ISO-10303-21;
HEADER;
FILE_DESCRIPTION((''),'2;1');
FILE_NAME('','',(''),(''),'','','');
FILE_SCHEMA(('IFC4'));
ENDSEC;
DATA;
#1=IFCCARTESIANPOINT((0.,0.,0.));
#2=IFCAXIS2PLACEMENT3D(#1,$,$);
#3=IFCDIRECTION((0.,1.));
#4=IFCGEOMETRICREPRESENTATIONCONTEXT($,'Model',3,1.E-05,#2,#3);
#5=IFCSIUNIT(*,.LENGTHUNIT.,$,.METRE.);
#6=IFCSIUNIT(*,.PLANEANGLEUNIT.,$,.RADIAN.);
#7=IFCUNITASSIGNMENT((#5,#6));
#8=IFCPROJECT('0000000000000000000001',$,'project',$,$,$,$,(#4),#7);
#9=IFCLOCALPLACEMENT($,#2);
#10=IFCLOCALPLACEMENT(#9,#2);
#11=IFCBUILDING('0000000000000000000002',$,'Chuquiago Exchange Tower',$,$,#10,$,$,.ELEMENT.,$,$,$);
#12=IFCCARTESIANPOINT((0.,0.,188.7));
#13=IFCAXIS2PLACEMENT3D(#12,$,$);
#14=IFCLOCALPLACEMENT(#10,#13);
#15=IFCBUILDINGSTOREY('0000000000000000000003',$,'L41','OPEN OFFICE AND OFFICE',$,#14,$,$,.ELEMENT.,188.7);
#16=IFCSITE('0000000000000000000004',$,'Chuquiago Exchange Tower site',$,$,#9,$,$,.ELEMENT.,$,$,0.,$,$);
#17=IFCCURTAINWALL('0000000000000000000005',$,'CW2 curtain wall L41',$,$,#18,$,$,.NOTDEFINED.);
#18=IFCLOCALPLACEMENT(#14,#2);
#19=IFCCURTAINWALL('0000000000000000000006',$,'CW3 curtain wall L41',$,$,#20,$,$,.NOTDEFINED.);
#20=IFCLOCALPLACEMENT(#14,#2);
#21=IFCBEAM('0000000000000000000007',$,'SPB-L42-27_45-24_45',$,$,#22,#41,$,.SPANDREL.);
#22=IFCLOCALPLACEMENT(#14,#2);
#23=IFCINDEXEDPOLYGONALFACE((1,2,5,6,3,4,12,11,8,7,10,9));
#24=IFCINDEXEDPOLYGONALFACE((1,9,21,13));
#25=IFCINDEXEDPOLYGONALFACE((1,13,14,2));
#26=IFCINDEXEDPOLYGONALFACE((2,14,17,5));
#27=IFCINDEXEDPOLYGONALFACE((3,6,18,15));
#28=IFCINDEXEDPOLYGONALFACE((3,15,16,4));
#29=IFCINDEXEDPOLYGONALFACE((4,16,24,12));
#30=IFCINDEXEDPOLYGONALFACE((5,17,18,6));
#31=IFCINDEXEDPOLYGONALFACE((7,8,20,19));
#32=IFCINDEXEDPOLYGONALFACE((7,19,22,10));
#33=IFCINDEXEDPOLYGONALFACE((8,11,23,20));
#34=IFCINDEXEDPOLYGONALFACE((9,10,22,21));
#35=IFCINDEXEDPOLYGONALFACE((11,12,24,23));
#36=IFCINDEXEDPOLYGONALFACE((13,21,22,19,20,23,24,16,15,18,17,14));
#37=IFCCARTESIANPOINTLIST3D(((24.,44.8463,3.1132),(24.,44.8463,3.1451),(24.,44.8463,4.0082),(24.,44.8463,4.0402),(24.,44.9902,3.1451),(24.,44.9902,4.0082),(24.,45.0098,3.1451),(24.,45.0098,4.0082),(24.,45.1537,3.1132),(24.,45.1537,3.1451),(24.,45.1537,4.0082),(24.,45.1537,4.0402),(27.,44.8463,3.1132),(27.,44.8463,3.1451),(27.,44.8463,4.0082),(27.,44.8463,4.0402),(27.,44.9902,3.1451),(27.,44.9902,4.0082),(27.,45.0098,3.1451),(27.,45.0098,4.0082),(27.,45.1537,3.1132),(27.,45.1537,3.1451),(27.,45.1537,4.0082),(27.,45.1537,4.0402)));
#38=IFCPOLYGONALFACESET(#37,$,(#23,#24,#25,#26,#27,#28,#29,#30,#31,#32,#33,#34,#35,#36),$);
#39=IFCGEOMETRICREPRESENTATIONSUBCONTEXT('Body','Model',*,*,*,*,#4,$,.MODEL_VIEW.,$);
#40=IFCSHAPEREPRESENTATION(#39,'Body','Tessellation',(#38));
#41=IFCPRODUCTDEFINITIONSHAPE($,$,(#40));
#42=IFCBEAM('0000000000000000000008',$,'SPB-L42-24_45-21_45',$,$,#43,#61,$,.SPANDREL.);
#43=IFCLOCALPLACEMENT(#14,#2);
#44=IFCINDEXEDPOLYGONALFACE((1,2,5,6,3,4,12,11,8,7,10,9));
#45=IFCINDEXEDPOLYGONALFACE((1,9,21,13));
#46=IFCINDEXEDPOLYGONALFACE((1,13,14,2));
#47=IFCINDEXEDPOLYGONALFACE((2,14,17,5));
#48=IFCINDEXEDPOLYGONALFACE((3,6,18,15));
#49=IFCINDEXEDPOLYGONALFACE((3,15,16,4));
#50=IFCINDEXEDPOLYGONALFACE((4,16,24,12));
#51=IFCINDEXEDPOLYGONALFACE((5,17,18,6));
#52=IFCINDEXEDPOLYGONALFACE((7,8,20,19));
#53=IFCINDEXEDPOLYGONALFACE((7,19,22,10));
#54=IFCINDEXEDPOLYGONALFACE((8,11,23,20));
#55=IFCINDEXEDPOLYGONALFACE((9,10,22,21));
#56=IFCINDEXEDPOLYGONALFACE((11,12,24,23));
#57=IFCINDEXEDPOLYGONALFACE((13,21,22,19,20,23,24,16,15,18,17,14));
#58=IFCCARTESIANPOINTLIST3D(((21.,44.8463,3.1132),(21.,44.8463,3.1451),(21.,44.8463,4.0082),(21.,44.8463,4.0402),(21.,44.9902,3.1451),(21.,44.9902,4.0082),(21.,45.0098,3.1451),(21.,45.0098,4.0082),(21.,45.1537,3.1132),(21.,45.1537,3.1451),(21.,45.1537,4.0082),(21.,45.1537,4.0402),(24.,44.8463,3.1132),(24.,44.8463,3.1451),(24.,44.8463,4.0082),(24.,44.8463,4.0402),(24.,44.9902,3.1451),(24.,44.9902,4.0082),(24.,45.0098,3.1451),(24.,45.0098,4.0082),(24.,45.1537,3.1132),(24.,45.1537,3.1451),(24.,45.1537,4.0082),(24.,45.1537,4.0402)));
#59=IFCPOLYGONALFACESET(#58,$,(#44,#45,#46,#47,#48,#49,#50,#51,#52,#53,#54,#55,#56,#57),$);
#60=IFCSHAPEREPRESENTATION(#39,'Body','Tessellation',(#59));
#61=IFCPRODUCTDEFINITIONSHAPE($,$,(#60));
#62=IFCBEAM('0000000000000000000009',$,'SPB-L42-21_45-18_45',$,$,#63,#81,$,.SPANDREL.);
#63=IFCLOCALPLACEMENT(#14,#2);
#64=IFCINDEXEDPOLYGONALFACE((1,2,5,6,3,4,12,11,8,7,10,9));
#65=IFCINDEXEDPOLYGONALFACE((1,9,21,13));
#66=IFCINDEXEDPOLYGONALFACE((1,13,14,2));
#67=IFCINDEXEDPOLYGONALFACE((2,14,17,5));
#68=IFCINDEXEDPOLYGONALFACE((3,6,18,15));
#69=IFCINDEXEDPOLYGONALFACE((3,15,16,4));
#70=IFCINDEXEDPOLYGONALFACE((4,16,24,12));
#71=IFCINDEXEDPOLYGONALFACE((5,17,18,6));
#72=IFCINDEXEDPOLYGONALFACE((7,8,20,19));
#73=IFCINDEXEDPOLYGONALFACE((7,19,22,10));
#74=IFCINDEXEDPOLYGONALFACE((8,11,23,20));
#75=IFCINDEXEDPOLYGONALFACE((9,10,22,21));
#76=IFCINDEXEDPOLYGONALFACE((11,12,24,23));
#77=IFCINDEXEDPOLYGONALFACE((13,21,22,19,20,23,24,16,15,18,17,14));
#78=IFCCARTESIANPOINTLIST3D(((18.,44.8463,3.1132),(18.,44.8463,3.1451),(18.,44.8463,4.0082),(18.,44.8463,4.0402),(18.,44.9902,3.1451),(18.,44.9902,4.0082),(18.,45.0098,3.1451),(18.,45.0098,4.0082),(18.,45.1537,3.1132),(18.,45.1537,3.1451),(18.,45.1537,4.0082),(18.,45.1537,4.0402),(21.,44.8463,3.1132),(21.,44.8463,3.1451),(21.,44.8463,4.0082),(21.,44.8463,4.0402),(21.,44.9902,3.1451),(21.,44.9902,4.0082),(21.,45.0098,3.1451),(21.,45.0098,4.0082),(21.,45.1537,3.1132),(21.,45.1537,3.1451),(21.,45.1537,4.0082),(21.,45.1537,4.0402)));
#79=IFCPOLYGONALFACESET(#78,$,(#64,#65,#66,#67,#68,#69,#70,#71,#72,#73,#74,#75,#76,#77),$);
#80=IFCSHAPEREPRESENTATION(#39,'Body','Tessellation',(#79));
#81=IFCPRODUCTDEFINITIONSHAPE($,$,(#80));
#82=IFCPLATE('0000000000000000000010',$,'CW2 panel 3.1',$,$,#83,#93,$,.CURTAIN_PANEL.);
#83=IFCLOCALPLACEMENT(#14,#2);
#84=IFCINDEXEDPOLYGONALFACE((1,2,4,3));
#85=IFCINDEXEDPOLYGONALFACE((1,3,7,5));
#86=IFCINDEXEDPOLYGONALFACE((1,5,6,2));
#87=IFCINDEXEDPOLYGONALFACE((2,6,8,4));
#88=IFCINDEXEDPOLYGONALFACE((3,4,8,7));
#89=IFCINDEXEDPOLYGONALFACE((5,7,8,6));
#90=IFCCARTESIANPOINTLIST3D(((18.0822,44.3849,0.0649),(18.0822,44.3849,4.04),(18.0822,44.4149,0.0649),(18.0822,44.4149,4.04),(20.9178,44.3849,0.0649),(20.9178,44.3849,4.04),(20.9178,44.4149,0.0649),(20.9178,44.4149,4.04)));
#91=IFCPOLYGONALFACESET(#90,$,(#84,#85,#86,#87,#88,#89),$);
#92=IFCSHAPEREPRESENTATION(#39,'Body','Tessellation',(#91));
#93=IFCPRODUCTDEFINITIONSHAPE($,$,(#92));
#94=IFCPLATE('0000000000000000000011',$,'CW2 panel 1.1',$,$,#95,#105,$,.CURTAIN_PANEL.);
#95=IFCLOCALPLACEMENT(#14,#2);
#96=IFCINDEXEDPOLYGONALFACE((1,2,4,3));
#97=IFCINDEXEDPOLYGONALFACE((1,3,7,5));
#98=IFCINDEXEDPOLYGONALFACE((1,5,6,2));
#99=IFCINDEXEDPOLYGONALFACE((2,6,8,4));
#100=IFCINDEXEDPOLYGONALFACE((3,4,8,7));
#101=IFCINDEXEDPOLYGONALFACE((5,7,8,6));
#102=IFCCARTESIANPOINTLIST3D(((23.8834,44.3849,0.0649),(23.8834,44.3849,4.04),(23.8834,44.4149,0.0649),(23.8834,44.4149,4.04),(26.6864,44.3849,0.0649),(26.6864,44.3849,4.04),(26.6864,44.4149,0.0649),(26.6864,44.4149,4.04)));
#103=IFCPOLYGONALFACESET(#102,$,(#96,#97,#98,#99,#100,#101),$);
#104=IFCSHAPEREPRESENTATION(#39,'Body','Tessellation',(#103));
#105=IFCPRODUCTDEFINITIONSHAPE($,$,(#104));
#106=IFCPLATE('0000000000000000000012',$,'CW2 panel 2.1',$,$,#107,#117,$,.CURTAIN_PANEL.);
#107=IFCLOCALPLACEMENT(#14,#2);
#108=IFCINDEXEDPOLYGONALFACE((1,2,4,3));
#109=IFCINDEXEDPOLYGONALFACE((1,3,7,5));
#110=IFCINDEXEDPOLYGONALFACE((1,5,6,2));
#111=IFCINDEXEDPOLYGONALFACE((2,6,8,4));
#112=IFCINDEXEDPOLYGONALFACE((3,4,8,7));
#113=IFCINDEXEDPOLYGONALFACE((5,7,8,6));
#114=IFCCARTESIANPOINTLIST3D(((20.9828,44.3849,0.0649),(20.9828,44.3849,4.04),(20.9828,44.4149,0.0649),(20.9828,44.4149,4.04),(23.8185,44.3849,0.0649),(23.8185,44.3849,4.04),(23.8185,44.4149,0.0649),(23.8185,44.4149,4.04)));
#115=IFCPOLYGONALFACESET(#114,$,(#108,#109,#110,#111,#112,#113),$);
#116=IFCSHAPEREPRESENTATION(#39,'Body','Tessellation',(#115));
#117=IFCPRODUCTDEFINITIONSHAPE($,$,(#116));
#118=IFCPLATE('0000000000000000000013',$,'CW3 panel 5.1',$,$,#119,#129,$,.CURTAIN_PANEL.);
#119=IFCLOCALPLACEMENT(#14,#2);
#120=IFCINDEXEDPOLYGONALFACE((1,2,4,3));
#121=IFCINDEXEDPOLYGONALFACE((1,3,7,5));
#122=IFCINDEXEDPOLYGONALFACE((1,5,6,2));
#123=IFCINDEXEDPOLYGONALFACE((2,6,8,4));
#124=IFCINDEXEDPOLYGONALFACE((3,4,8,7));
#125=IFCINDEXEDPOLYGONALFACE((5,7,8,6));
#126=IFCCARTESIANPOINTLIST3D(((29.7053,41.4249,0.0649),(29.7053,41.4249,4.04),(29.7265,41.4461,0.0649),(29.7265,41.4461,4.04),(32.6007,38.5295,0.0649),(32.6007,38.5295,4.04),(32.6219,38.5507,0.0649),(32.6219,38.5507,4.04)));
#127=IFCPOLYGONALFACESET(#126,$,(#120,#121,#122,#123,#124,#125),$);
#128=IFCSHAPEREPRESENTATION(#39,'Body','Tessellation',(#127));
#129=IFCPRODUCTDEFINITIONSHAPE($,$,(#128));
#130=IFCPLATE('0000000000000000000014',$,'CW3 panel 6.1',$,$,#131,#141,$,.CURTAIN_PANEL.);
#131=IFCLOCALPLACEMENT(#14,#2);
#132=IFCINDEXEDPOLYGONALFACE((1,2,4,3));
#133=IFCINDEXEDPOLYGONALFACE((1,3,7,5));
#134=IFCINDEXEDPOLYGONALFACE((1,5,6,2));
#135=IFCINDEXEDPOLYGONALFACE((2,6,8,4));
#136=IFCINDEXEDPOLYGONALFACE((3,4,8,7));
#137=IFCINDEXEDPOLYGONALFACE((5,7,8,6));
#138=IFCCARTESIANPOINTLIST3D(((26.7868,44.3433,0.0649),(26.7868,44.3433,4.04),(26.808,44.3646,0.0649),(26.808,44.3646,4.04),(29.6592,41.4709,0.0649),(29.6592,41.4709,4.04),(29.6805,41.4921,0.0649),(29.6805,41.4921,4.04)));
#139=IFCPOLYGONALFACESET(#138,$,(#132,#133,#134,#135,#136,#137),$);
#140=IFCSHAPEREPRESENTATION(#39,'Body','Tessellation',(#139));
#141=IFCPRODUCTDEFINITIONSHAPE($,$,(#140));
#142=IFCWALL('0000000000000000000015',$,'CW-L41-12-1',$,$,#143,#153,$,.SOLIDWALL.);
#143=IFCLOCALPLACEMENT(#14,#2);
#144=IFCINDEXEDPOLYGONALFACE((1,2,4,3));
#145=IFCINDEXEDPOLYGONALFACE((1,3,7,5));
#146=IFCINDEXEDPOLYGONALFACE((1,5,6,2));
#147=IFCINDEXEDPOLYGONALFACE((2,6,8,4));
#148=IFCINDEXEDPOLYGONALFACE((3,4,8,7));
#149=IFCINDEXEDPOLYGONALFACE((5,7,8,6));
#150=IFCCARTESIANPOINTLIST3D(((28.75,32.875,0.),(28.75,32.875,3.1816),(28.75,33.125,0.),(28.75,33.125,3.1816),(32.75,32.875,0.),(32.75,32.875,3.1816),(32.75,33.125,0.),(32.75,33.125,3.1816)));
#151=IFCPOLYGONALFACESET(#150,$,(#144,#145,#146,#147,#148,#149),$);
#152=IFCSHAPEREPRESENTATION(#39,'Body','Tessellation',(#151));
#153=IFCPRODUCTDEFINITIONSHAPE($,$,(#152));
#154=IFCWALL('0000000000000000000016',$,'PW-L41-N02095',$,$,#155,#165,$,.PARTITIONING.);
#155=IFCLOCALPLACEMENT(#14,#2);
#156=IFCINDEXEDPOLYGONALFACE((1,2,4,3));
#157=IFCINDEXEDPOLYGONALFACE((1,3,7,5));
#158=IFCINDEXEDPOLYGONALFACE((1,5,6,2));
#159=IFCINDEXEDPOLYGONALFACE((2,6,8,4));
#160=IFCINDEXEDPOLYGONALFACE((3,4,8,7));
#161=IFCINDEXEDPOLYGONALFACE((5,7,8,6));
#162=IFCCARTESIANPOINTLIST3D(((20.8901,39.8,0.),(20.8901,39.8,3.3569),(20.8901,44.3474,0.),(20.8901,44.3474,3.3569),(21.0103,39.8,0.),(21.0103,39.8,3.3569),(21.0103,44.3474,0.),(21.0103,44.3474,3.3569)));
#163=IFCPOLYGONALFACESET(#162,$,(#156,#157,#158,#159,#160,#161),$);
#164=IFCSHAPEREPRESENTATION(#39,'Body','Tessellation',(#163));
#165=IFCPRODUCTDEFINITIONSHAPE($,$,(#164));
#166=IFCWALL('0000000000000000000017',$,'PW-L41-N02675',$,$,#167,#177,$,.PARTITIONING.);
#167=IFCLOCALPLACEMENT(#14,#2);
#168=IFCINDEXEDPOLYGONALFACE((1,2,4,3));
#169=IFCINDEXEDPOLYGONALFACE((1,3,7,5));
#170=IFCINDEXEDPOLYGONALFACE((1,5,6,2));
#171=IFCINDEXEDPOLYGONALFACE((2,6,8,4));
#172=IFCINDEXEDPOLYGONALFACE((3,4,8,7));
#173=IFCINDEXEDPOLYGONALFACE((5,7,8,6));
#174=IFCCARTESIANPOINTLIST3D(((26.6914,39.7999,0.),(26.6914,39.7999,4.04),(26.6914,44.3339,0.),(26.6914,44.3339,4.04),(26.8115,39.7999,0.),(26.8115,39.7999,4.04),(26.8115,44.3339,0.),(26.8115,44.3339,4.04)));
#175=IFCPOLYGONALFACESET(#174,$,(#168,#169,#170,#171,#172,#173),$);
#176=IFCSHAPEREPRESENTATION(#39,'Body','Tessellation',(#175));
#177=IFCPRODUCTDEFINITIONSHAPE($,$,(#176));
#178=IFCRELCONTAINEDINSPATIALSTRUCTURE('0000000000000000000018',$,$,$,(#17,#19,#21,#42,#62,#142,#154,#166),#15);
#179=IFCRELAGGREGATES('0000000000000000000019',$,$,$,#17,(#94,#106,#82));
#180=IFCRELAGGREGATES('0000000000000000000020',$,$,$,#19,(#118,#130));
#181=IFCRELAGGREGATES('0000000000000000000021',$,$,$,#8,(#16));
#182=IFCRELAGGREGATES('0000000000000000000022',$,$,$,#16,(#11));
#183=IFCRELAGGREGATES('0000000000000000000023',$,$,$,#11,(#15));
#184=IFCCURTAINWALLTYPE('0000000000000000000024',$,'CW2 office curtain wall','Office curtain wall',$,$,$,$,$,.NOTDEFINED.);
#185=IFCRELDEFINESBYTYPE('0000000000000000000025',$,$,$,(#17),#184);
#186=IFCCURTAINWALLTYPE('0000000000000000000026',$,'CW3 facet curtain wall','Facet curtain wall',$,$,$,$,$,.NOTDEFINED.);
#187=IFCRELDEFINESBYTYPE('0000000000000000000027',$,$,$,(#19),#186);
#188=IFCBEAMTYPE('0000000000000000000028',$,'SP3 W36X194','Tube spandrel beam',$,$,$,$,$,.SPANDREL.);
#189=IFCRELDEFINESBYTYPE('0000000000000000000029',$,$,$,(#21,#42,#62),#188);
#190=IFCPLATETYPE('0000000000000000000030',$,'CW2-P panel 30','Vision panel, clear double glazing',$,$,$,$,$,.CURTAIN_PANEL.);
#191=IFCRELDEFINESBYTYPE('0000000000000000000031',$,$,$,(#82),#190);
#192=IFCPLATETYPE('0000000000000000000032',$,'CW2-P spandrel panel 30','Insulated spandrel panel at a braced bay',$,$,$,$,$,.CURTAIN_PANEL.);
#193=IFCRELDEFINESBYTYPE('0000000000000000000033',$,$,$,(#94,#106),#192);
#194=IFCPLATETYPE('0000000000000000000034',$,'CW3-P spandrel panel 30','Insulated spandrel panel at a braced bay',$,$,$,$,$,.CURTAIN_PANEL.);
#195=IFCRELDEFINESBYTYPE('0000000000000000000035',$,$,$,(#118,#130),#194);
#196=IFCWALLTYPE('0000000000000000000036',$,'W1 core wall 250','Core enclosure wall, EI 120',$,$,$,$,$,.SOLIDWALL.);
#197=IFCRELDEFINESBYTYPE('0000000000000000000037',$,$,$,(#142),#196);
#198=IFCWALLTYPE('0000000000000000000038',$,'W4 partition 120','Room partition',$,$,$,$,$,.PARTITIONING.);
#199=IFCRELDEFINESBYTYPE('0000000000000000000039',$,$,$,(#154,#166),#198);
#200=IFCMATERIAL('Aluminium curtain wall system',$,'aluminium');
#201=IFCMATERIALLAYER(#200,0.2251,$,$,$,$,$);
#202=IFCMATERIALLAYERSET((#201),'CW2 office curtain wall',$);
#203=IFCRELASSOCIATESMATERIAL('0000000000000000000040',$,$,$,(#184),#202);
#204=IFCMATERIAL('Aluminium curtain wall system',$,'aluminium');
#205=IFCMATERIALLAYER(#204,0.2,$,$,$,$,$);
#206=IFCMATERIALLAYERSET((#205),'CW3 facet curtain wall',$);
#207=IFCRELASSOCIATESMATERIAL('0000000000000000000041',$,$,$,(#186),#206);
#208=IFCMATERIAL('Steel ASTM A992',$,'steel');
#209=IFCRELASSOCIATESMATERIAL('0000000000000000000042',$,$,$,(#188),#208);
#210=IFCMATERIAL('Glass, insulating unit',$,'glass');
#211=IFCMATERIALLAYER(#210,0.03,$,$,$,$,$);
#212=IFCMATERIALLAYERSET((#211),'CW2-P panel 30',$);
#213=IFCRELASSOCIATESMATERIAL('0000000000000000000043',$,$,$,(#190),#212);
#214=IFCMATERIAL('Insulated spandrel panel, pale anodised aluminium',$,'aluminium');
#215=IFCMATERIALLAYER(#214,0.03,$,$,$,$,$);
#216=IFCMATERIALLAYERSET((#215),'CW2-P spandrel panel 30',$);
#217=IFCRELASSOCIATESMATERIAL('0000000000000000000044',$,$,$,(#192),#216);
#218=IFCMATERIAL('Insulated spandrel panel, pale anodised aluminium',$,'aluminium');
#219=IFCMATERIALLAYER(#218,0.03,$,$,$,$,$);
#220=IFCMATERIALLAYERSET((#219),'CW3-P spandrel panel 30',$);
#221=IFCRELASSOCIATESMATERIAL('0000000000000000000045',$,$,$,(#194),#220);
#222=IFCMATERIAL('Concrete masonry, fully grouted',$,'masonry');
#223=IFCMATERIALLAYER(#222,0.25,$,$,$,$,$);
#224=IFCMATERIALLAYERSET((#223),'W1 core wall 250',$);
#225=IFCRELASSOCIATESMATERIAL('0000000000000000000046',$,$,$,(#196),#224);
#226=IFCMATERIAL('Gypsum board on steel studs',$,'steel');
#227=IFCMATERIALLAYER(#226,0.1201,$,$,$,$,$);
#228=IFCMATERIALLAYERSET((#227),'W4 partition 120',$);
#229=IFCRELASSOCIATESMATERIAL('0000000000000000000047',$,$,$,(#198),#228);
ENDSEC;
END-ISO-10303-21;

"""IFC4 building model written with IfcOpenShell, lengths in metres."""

from ifc_helpers import new_model, si_unit, direction, frame, frame_2d, origin, origin_2d, place, context, subcontext, project, spatial, rectangle, i_section, extrude, material, layer, layer_set, material_profile, profile_set, type_object, element, aggregate, save


model = new_model("IFC4")

# Units and contexts
model_context = context("Model", 3, precision=1e-05, world=origin(), true_north=direction((0.0, 1.0)))
body_context = subcontext(model_context, "Body", "Model", "MODEL_VIEW")
ifc_project = project(units=[si_unit("LENGTHUNIT", "METRE"), si_unit("PLANEANGLEUNIT", "RADIAN")], contexts=[model_context])

# Site, building, storey
site_placement = place(None, origin())
site = spatial("IfcSite", under=ifc_project, at=site_placement, Name="Chuquiago Exchange Tower site", CompositionType="ELEMENT", RefElevation=0.0)
building_placement = place(site_placement, origin())
building = spatial("IfcBuilding", under=site, at=building_placement, Name="Chuquiago Exchange Tower", CompositionType="ELEMENT")
storey_placement = place(building_placement, frame((0.0, 0.0, 188.7)))
storey = spatial("IfcBuildingStorey", under=building, at=storey_placement, Name="L41", Description="OPEN OFFICE AND OFFICE", CompositionType="ELEMENT", Elevation=188.7)

# Curtain walls
ifc_material_1 = material(Name="Aluminium curtain wall system", Category="aluminium")
ifc_layer_1 = layer(ifc_material_1, 0.2251)
ifc_layer_set_1 = layer_set([ifc_layer_1], Name="CW2 office curtain wall")
curtain_wall_type_1 = type_object("IfcCurtainWallType", Name="CW2 office curtain wall", Description="Office curtain wall", PredefinedType="NOTDEFINED", material=ifc_layer_set_1)
curtain_wall_1_placement = place(storey_placement, origin())
curtain_wall_1 = element("IfcCurtainWall", 1, at=curtain_wall_1_placement, inside=storey, type_object=curtain_wall_type_1, Name="CW2 curtain wall L41", PredefinedType="NOTDEFINED")
ifc_material_2 = material(Name="Aluminium curtain wall system", Category="aluminium")
ifc_layer_2 = layer(ifc_material_2, 0.2)
ifc_layer_set_2 = layer_set([ifc_layer_2], Name="CW3 facet curtain wall")
curtain_wall_type_2 = type_object("IfcCurtainWallType", Name="CW3 facet curtain wall", Description="Facet curtain wall", PredefinedType="NOTDEFINED", material=ifc_layer_set_2)
curtain_wall_2_placement = place(storey_placement, origin())
curtain_wall_2 = element("IfcCurtainWall", 2, at=curtain_wall_2_placement, inside=storey, type_object=curtain_wall_type_2, Name="CW3 curtain wall L41", PredefinedType="NOTDEFINED")

# Beams
ifc_material_3 = material(Name="Steel ASTM A992", Category="steel")
ifc_material_profile_1 = material_profile(ifc_material_3, i_section(OverallWidth=0.3074, OverallDepth=0.927, WebThickness=0.0195, FlangeThickness=0.032, at=origin_2d()), Name="W36X194")
ifc_profile_set_1 = profile_set([ifc_material_profile_1], Name="Steel ASTM A992")
beam_type_1 = type_object("IfcBeamType", Name="SP3 W36X194", Description="Tube spandrel beam", PredefinedType="SPANDREL", material=ifc_profile_set_1)
for number, where, z_axis, x_axis, name in (
    (3, (27.0, 45.0, 3.5767), (-1.0, 0.0, 0.0), (0.0, -1.0, 0.0), "SPB-L42-27_45-24_45"),
    (4, (24.0, 45.0, 3.5767), (-1.0, 0.0, 0.0), (0.0, -1.0, 0.0), "SPB-L42-24_45-21_45"),
    (5, (21.0, 45.0, 3.5767), (-1.0, 0.0, 0.0), (0.0, -1.0, 0.0), "SPB-L42-21_45-18_45"),
):
    element("IfcBeam", number, at=place(storey_placement, frame(where, z_axis=z_axis, x_axis=x_axis)), inside=storey, type_object=beam_type_1, Name=name, PredefinedType="SPANDREL", context=body_context, shape_type="SweptSolid", body=[
        extrude(i_section(OverallWidth=0.3074, OverallDepth=0.927, WebThickness=0.0195, FlangeThickness=0.032, at=origin_2d()), origin(), (0.0, 0.0, 1.0), 3.0),
    ])

# Plates
ifc_material_4 = material(Name="Glass, insulating unit", Category="glass")
ifc_layer_3 = layer(ifc_material_4, 0.03)
ifc_layer_set_3 = layer_set([ifc_layer_3], Name="CW2-P panel 30")
plate_type_1 = type_object("IfcPlateType", Name="CW2-P panel 30", Description="Vision panel, clear double glazing", PredefinedType="CURTAIN_PANEL", material=ifc_layer_set_3)
plate_1_placement = place(storey_placement, frame((19.5, 44.3999, 0.0649), z_axis=(0.0, 0.0, 1.0), x_axis=(-1.0, 0.0, 0.0)))
plate_1 = element("IfcPlate", 6, at=plate_1_placement, type_object=plate_type_1, Name="CW2 panel 3.1", PredefinedType="CURTAIN_PANEL", context=body_context, shape_type="SweptSolid", body=[
    extrude(rectangle(XDim=2.8357, YDim=0.03, at=origin_2d()), origin(), (0.0, 0.0, 1.0), 3.9751),
])
ifc_material_5 = material(Name="Insulated spandrel panel, pale anodised aluminium", Category="aluminium")
ifc_layer_4 = layer(ifc_material_5, 0.03)
ifc_layer_set_4 = layer_set([ifc_layer_4], Name="CW2-P spandrel panel 30")
plate_type_2 = type_object("IfcPlateType", Name="CW2-P spandrel panel 30", Description="Insulated spandrel panel at a braced bay", PredefinedType="CURTAIN_PANEL", material=ifc_layer_set_4)
plate_2_placement = place(storey_placement, frame((25.2849, 44.3999, 0.0649), z_axis=(0.0, 0.0, 1.0), x_axis=(-1.0, 0.0, 0.0)))
plate_2 = element("IfcPlate", 7, at=plate_2_placement, type_object=plate_type_2, Name="CW2 panel 1.1", PredefinedType="CURTAIN_PANEL", context=body_context, shape_type="SweptSolid", body=[
    extrude(rectangle(XDim=2.803, YDim=0.03, at=origin_2d()), origin(), (0.0, 0.0, 1.0), 3.9751),
])
plate_3_placement = place(storey_placement, frame((22.4006, 44.3999, 0.0649), z_axis=(0.0, 0.0, 1.0), x_axis=(-1.0, 0.0, 0.0)))
plate_3 = element("IfcPlate", 8, at=plate_3_placement, type_object=plate_type_2, Name="CW2 panel 2.1", PredefinedType="CURTAIN_PANEL", context=body_context, shape_type="SweptSolid", body=[
    extrude(rectangle(XDim=2.8357, YDim=0.03, at=origin_2d()), origin(), (0.0, 0.0, 1.0), 3.9751),
])
aggregate(curtain_wall_1, [plate_2, plate_3, plate_1])
ifc_material_6 = material(Name="Insulated spandrel panel, pale anodised aluminium", Category="aluminium")
ifc_layer_5 = layer(ifc_material_6, 0.03)
ifc_layer_set_5 = layer_set([ifc_layer_5], Name="CW3-P spandrel panel 30")
plate_type_3 = type_object("IfcPlateType", Name="CW3-P spandrel panel 30", Description="Insulated spandrel panel at a braced bay", PredefinedType="CURTAIN_PANEL", material=ifc_layer_set_5)
plate_4_placement = place(storey_placement, frame((31.1636, 39.9878, 0.0649), z_axis=(0.0, 0.0, 1.0), x_axis=(-0.707107, 0.707107, 0.0)))
plate_4 = element("IfcPlate", 9, at=plate_4_placement, type_object=plate_type_3, Name="CW3 panel 5.1", PredefinedType="CURTAIN_PANEL", context=body_context, shape_type="SweptSolid", body=[
    extrude(rectangle(XDim=4.0947, YDim=0.03, at=origin_2d()), origin(), (0.0, 0.0, 1.0), 3.9751),
])
plate_5_placement = place(storey_placement, frame((28.2336, 42.9177, 0.0649), z_axis=(0.0, 0.0, 1.0), x_axis=(-0.707107, 0.707107, 0.0)))
plate_5 = element("IfcPlate", 10, at=plate_5_placement, type_object=plate_type_3, Name="CW3 panel 6.1", PredefinedType="CURTAIN_PANEL", context=body_context, shape_type="SweptSolid", body=[
    extrude(rectangle(XDim=4.0623, YDim=0.03, at=origin_2d()), origin(), (0.0, 0.0, 1.0), 3.9751),
])
aggregate(curtain_wall_2, [plate_4, plate_5])

# Walls
ifc_material_7 = material(Name="Concrete masonry, fully grouted", Category="masonry")
ifc_layer_6 = layer(ifc_material_7, 0.25)
ifc_layer_set_6 = layer_set([ifc_layer_6], Name="W1 core wall 250")
wall_type_1 = type_object("IfcWallType", Name="W1 core wall 250", Description="Core enclosure wall, EI 120", PredefinedType="SOLIDWALL", material=ifc_layer_set_6)
wall_1_placement = place(storey_placement, frame((28.75, 33.0, 0.0), z_axis=(0.0, 0.0, 1.0), x_axis=(1.0, 0.0, 0.0)))
element("IfcWall", 11, at=wall_1_placement, inside=storey, type_object=wall_type_1, Name="CW-L41-12-1", PredefinedType="SOLIDWALL", context=body_context, shape_type="SweptSolid", body=[
    extrude(rectangle(XDim=4.0, YDim=0.25, at=frame_2d((2.0, 0.0))), origin(), (0.0, 0.0, 1.0), 3.1816),
])
ifc_material_8 = material(Name="Gypsum board on steel studs", Category="steel")
ifc_layer_7 = layer(ifc_material_8, 0.1201)
ifc_layer_set_7 = layer_set([ifc_layer_7], Name="W4 partition 120")
wall_type_2 = type_object("IfcWallType", Name="W4 partition 120", Description="Room partition", PredefinedType="PARTITIONING", material=ifc_layer_set_7)
wall_2_placement = place(storey_placement, frame((20.9502, 44.3474, 0.0), z_axis=(0.0, 0.0, 1.0), x_axis=(0.0, -1.0, 0.0)))
element("IfcWall", 12, at=wall_2_placement, inside=storey, type_object=wall_type_2, Name="PW-L41-N02095", PredefinedType="PARTITIONING", context=body_context, shape_type="SweptSolid", body=[
    extrude(rectangle(XDim=4.5474, YDim=0.1201, at=frame_2d((2.2737, 0.0))), origin(), (0.0, 0.0, 1.0), 3.3569),
])
wall_3_placement = place(storey_placement, frame((26.7515, 44.334, 0.0), z_axis=(0.0, 0.0, 1.0), x_axis=(0.0, -1.0, 0.0)))
element("IfcWall", 13, at=wall_3_placement, inside=storey, type_object=wall_type_2, Name="PW-L41-N02675", PredefinedType="PARTITIONING", context=body_context, shape_type="SweptSolid", body=[
    extrude(rectangle(XDim=4.5339, YDim=0.1201, at=frame_2d((2.2671, 0.0))), origin(), (0.0, 0.0, 1.0), 4.04),
])

save(model, "model.ifc")
